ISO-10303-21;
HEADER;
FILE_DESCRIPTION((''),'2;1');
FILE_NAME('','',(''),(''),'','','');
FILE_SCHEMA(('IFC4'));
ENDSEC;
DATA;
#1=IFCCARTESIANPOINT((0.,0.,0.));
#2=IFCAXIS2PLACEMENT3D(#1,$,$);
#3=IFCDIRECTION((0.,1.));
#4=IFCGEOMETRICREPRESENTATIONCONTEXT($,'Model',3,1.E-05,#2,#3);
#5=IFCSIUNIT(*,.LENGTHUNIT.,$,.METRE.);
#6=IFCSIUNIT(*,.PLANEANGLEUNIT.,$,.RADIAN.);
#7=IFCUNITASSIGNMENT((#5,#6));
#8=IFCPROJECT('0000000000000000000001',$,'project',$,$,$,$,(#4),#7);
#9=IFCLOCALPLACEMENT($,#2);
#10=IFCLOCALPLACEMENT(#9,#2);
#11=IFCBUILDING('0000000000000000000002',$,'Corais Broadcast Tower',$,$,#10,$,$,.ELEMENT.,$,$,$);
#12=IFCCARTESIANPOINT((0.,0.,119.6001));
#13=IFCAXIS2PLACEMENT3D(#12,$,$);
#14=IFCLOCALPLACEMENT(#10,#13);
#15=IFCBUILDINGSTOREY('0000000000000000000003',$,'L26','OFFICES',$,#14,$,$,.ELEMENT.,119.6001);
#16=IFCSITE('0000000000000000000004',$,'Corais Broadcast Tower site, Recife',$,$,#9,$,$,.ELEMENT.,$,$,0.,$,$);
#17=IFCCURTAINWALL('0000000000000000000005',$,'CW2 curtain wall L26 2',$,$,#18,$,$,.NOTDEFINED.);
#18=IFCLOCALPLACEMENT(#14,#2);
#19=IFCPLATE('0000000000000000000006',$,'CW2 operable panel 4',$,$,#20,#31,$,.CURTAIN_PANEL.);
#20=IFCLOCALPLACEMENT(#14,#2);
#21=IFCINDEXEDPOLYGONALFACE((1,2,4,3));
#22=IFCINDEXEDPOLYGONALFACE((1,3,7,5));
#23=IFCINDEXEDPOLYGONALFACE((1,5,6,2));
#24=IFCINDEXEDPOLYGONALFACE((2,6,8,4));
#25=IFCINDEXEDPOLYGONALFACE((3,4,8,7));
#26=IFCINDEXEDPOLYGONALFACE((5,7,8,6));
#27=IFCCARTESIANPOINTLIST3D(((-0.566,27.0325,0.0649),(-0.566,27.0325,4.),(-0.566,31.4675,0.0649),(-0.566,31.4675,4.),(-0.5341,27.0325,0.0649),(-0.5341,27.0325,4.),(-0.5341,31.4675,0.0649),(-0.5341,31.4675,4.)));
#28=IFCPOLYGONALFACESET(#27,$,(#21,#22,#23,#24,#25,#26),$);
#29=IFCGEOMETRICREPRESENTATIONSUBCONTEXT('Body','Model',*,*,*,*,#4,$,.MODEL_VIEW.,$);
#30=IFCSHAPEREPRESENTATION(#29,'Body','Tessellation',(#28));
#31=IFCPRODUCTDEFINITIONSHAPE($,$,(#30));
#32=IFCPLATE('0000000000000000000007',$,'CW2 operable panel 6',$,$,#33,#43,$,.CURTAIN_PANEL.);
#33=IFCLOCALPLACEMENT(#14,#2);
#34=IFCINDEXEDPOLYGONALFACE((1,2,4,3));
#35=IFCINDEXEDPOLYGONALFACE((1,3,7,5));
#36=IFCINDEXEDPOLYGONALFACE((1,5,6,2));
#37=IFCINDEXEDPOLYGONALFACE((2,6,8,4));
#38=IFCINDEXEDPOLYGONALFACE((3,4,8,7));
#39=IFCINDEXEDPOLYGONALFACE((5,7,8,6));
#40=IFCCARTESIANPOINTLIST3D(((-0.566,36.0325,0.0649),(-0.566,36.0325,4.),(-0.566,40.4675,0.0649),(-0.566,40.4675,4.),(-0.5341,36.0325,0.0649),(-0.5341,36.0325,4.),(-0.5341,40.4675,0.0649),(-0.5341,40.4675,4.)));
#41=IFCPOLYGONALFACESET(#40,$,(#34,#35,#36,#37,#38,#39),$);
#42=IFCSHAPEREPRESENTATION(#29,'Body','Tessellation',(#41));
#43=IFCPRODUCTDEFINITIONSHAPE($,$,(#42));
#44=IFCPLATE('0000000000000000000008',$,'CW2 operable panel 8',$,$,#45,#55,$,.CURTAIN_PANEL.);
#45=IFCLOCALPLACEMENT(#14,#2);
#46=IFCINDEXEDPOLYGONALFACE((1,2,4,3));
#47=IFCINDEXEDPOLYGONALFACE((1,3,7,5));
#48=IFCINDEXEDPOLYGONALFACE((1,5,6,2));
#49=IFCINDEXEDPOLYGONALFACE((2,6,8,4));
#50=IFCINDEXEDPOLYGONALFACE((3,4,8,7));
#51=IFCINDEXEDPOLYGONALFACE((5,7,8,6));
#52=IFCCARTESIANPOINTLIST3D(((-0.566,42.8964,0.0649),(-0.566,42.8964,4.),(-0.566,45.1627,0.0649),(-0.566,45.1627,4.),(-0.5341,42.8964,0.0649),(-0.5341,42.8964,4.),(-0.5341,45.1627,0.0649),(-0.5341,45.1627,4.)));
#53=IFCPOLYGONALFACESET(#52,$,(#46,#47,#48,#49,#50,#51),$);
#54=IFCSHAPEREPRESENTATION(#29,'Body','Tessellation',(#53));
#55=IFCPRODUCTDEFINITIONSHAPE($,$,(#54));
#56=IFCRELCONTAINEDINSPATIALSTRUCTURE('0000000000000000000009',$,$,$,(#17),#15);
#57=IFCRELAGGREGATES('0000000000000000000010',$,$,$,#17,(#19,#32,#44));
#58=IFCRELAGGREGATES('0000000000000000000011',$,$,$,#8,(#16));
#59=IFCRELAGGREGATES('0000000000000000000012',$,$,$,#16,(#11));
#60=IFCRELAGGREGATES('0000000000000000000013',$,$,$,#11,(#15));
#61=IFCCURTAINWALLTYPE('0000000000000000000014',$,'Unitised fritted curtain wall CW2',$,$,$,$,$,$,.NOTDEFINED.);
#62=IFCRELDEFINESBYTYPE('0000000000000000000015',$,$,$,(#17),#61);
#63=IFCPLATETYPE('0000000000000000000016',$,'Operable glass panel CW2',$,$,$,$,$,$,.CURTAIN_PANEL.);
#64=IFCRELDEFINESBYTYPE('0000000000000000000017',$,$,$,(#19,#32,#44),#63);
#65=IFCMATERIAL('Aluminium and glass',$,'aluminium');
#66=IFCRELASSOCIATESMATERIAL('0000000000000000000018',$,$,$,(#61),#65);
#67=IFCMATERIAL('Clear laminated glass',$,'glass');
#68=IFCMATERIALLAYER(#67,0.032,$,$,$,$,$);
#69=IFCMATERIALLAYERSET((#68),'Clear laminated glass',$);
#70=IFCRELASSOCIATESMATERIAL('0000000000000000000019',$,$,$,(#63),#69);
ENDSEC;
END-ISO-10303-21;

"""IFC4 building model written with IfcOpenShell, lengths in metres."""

from ifc_helpers import new_model, si_unit, direction, frame, origin, origin_2d, place, context, subcontext, project, spatial, rectangle, extrude, material, layer, layer_set, type_object, element, aggregate, save


model = new_model("IFC4")

# Units and contexts
model_context = context("Model", 3, precision=1e-05, world=origin(), true_north=direction((0.0, 1.0)))
body_context = subcontext(model_context, "Body", "Model", "MODEL_VIEW")
ifc_project = project(units=[si_unit("LENGTHUNIT", "METRE"), si_unit("PLANEANGLEUNIT", "RADIAN")], contexts=[model_context])

# Site, building, storey
site_placement = place(None, origin())
site = spatial("IfcSite", under=ifc_project, at=site_placement, Name="Corais Broadcast Tower site, Recife", CompositionType="ELEMENT", RefElevation=0.0)
building_placement = place(site_placement, origin())
building = spatial("IfcBuilding", under=site, at=building_placement, Name="Corais Broadcast Tower", CompositionType="ELEMENT")
storey_placement = place(building_placement, frame((0.0, 0.0, 119.6001)))
storey = spatial("IfcBuildingStorey", under=building, at=storey_placement, Name="L26", Description="OFFICES", CompositionType="ELEMENT", Elevation=119.6001)

# Curtain wall
ifc_material_1 = material(Name="Aluminium and glass", Category="aluminium")
curtain_wall_type = type_object("IfcCurtainWallType", Name="Unitised fritted curtain wall CW2", PredefinedType="NOTDEFINED", material=ifc_material_1)
curtain_wall_placement = place(storey_placement, origin())
curtain_wall = element("IfcCurtainWall", 1, at=curtain_wall_placement, inside=storey, type_object=curtain_wall_type, Name="CW2 curtain wall L26 2", PredefinedType="NOTDEFINED")

# Plates
ifc_material_2 = material(Name="Clear laminated glass", Category="glass")
ifc_layer_1 = layer(ifc_material_2, 0.032)
ifc_layer_set_1 = layer_set([ifc_layer_1], Name="Clear laminated glass")
plate_type_1 = type_object("IfcPlateType", Name="Operable glass panel CW2", PredefinedType="CURTAIN_PANEL", material=ifc_layer_set_1)
plate_1_placement = place(storey_placement, frame((-0.55, 29.25, 0.0649), z_axis=(0.0, 0.0, 1.0), x_axis=(0.0, 1.0, 0.0)))
plate_1 = element("IfcPlate", 2, at=plate_1_placement, type_object=plate_type_1, Name="CW2 operable panel 4", PredefinedType="CURTAIN_PANEL", context=body_context, shape_type="SweptSolid", body=[
    extrude(rectangle(XDim=4.4351, YDim=0.032, at=origin_2d()), origin(), (0.0, 0.0, 1.0), 3.9351),
])
plate_2_placement = place(storey_placement, frame((-0.55, 38.25, 0.0649), z_axis=(0.0, 0.0, 1.0), x_axis=(0.0, 1.0, 0.0)))
plate_2 = element("IfcPlate", 3, at=plate_2_placement, type_object=plate_type_1, Name="CW2 operable panel 6", PredefinedType="CURTAIN_PANEL", context=body_context, shape_type="SweptSolid", body=[
    extrude(rectangle(XDim=4.4351, YDim=0.032, at=origin_2d()), origin(), (0.0, 0.0, 1.0), 3.9351),
])
plate_3_placement = place(storey_placement, frame((-0.55, 44.0295, 0.0649), z_axis=(0.0, 0.0, 1.0), x_axis=(0.0, 1.0, 0.0)))
plate_3 = element("IfcPlate", 4, at=plate_3_placement, type_object=plate_type_1, Name="CW2 operable panel 8", PredefinedType="CURTAIN_PANEL", context=body_context, shape_type="SweptSolid", body=[
    extrude(rectangle(XDim=2.2664, YDim=0.032, at=origin_2d()), origin(), (0.0, 0.0, 1.0), 3.9351),
])
aggregate(curtain_wall, [plate_1, plate_2, plate_3])

save(model, "model.ifc")
